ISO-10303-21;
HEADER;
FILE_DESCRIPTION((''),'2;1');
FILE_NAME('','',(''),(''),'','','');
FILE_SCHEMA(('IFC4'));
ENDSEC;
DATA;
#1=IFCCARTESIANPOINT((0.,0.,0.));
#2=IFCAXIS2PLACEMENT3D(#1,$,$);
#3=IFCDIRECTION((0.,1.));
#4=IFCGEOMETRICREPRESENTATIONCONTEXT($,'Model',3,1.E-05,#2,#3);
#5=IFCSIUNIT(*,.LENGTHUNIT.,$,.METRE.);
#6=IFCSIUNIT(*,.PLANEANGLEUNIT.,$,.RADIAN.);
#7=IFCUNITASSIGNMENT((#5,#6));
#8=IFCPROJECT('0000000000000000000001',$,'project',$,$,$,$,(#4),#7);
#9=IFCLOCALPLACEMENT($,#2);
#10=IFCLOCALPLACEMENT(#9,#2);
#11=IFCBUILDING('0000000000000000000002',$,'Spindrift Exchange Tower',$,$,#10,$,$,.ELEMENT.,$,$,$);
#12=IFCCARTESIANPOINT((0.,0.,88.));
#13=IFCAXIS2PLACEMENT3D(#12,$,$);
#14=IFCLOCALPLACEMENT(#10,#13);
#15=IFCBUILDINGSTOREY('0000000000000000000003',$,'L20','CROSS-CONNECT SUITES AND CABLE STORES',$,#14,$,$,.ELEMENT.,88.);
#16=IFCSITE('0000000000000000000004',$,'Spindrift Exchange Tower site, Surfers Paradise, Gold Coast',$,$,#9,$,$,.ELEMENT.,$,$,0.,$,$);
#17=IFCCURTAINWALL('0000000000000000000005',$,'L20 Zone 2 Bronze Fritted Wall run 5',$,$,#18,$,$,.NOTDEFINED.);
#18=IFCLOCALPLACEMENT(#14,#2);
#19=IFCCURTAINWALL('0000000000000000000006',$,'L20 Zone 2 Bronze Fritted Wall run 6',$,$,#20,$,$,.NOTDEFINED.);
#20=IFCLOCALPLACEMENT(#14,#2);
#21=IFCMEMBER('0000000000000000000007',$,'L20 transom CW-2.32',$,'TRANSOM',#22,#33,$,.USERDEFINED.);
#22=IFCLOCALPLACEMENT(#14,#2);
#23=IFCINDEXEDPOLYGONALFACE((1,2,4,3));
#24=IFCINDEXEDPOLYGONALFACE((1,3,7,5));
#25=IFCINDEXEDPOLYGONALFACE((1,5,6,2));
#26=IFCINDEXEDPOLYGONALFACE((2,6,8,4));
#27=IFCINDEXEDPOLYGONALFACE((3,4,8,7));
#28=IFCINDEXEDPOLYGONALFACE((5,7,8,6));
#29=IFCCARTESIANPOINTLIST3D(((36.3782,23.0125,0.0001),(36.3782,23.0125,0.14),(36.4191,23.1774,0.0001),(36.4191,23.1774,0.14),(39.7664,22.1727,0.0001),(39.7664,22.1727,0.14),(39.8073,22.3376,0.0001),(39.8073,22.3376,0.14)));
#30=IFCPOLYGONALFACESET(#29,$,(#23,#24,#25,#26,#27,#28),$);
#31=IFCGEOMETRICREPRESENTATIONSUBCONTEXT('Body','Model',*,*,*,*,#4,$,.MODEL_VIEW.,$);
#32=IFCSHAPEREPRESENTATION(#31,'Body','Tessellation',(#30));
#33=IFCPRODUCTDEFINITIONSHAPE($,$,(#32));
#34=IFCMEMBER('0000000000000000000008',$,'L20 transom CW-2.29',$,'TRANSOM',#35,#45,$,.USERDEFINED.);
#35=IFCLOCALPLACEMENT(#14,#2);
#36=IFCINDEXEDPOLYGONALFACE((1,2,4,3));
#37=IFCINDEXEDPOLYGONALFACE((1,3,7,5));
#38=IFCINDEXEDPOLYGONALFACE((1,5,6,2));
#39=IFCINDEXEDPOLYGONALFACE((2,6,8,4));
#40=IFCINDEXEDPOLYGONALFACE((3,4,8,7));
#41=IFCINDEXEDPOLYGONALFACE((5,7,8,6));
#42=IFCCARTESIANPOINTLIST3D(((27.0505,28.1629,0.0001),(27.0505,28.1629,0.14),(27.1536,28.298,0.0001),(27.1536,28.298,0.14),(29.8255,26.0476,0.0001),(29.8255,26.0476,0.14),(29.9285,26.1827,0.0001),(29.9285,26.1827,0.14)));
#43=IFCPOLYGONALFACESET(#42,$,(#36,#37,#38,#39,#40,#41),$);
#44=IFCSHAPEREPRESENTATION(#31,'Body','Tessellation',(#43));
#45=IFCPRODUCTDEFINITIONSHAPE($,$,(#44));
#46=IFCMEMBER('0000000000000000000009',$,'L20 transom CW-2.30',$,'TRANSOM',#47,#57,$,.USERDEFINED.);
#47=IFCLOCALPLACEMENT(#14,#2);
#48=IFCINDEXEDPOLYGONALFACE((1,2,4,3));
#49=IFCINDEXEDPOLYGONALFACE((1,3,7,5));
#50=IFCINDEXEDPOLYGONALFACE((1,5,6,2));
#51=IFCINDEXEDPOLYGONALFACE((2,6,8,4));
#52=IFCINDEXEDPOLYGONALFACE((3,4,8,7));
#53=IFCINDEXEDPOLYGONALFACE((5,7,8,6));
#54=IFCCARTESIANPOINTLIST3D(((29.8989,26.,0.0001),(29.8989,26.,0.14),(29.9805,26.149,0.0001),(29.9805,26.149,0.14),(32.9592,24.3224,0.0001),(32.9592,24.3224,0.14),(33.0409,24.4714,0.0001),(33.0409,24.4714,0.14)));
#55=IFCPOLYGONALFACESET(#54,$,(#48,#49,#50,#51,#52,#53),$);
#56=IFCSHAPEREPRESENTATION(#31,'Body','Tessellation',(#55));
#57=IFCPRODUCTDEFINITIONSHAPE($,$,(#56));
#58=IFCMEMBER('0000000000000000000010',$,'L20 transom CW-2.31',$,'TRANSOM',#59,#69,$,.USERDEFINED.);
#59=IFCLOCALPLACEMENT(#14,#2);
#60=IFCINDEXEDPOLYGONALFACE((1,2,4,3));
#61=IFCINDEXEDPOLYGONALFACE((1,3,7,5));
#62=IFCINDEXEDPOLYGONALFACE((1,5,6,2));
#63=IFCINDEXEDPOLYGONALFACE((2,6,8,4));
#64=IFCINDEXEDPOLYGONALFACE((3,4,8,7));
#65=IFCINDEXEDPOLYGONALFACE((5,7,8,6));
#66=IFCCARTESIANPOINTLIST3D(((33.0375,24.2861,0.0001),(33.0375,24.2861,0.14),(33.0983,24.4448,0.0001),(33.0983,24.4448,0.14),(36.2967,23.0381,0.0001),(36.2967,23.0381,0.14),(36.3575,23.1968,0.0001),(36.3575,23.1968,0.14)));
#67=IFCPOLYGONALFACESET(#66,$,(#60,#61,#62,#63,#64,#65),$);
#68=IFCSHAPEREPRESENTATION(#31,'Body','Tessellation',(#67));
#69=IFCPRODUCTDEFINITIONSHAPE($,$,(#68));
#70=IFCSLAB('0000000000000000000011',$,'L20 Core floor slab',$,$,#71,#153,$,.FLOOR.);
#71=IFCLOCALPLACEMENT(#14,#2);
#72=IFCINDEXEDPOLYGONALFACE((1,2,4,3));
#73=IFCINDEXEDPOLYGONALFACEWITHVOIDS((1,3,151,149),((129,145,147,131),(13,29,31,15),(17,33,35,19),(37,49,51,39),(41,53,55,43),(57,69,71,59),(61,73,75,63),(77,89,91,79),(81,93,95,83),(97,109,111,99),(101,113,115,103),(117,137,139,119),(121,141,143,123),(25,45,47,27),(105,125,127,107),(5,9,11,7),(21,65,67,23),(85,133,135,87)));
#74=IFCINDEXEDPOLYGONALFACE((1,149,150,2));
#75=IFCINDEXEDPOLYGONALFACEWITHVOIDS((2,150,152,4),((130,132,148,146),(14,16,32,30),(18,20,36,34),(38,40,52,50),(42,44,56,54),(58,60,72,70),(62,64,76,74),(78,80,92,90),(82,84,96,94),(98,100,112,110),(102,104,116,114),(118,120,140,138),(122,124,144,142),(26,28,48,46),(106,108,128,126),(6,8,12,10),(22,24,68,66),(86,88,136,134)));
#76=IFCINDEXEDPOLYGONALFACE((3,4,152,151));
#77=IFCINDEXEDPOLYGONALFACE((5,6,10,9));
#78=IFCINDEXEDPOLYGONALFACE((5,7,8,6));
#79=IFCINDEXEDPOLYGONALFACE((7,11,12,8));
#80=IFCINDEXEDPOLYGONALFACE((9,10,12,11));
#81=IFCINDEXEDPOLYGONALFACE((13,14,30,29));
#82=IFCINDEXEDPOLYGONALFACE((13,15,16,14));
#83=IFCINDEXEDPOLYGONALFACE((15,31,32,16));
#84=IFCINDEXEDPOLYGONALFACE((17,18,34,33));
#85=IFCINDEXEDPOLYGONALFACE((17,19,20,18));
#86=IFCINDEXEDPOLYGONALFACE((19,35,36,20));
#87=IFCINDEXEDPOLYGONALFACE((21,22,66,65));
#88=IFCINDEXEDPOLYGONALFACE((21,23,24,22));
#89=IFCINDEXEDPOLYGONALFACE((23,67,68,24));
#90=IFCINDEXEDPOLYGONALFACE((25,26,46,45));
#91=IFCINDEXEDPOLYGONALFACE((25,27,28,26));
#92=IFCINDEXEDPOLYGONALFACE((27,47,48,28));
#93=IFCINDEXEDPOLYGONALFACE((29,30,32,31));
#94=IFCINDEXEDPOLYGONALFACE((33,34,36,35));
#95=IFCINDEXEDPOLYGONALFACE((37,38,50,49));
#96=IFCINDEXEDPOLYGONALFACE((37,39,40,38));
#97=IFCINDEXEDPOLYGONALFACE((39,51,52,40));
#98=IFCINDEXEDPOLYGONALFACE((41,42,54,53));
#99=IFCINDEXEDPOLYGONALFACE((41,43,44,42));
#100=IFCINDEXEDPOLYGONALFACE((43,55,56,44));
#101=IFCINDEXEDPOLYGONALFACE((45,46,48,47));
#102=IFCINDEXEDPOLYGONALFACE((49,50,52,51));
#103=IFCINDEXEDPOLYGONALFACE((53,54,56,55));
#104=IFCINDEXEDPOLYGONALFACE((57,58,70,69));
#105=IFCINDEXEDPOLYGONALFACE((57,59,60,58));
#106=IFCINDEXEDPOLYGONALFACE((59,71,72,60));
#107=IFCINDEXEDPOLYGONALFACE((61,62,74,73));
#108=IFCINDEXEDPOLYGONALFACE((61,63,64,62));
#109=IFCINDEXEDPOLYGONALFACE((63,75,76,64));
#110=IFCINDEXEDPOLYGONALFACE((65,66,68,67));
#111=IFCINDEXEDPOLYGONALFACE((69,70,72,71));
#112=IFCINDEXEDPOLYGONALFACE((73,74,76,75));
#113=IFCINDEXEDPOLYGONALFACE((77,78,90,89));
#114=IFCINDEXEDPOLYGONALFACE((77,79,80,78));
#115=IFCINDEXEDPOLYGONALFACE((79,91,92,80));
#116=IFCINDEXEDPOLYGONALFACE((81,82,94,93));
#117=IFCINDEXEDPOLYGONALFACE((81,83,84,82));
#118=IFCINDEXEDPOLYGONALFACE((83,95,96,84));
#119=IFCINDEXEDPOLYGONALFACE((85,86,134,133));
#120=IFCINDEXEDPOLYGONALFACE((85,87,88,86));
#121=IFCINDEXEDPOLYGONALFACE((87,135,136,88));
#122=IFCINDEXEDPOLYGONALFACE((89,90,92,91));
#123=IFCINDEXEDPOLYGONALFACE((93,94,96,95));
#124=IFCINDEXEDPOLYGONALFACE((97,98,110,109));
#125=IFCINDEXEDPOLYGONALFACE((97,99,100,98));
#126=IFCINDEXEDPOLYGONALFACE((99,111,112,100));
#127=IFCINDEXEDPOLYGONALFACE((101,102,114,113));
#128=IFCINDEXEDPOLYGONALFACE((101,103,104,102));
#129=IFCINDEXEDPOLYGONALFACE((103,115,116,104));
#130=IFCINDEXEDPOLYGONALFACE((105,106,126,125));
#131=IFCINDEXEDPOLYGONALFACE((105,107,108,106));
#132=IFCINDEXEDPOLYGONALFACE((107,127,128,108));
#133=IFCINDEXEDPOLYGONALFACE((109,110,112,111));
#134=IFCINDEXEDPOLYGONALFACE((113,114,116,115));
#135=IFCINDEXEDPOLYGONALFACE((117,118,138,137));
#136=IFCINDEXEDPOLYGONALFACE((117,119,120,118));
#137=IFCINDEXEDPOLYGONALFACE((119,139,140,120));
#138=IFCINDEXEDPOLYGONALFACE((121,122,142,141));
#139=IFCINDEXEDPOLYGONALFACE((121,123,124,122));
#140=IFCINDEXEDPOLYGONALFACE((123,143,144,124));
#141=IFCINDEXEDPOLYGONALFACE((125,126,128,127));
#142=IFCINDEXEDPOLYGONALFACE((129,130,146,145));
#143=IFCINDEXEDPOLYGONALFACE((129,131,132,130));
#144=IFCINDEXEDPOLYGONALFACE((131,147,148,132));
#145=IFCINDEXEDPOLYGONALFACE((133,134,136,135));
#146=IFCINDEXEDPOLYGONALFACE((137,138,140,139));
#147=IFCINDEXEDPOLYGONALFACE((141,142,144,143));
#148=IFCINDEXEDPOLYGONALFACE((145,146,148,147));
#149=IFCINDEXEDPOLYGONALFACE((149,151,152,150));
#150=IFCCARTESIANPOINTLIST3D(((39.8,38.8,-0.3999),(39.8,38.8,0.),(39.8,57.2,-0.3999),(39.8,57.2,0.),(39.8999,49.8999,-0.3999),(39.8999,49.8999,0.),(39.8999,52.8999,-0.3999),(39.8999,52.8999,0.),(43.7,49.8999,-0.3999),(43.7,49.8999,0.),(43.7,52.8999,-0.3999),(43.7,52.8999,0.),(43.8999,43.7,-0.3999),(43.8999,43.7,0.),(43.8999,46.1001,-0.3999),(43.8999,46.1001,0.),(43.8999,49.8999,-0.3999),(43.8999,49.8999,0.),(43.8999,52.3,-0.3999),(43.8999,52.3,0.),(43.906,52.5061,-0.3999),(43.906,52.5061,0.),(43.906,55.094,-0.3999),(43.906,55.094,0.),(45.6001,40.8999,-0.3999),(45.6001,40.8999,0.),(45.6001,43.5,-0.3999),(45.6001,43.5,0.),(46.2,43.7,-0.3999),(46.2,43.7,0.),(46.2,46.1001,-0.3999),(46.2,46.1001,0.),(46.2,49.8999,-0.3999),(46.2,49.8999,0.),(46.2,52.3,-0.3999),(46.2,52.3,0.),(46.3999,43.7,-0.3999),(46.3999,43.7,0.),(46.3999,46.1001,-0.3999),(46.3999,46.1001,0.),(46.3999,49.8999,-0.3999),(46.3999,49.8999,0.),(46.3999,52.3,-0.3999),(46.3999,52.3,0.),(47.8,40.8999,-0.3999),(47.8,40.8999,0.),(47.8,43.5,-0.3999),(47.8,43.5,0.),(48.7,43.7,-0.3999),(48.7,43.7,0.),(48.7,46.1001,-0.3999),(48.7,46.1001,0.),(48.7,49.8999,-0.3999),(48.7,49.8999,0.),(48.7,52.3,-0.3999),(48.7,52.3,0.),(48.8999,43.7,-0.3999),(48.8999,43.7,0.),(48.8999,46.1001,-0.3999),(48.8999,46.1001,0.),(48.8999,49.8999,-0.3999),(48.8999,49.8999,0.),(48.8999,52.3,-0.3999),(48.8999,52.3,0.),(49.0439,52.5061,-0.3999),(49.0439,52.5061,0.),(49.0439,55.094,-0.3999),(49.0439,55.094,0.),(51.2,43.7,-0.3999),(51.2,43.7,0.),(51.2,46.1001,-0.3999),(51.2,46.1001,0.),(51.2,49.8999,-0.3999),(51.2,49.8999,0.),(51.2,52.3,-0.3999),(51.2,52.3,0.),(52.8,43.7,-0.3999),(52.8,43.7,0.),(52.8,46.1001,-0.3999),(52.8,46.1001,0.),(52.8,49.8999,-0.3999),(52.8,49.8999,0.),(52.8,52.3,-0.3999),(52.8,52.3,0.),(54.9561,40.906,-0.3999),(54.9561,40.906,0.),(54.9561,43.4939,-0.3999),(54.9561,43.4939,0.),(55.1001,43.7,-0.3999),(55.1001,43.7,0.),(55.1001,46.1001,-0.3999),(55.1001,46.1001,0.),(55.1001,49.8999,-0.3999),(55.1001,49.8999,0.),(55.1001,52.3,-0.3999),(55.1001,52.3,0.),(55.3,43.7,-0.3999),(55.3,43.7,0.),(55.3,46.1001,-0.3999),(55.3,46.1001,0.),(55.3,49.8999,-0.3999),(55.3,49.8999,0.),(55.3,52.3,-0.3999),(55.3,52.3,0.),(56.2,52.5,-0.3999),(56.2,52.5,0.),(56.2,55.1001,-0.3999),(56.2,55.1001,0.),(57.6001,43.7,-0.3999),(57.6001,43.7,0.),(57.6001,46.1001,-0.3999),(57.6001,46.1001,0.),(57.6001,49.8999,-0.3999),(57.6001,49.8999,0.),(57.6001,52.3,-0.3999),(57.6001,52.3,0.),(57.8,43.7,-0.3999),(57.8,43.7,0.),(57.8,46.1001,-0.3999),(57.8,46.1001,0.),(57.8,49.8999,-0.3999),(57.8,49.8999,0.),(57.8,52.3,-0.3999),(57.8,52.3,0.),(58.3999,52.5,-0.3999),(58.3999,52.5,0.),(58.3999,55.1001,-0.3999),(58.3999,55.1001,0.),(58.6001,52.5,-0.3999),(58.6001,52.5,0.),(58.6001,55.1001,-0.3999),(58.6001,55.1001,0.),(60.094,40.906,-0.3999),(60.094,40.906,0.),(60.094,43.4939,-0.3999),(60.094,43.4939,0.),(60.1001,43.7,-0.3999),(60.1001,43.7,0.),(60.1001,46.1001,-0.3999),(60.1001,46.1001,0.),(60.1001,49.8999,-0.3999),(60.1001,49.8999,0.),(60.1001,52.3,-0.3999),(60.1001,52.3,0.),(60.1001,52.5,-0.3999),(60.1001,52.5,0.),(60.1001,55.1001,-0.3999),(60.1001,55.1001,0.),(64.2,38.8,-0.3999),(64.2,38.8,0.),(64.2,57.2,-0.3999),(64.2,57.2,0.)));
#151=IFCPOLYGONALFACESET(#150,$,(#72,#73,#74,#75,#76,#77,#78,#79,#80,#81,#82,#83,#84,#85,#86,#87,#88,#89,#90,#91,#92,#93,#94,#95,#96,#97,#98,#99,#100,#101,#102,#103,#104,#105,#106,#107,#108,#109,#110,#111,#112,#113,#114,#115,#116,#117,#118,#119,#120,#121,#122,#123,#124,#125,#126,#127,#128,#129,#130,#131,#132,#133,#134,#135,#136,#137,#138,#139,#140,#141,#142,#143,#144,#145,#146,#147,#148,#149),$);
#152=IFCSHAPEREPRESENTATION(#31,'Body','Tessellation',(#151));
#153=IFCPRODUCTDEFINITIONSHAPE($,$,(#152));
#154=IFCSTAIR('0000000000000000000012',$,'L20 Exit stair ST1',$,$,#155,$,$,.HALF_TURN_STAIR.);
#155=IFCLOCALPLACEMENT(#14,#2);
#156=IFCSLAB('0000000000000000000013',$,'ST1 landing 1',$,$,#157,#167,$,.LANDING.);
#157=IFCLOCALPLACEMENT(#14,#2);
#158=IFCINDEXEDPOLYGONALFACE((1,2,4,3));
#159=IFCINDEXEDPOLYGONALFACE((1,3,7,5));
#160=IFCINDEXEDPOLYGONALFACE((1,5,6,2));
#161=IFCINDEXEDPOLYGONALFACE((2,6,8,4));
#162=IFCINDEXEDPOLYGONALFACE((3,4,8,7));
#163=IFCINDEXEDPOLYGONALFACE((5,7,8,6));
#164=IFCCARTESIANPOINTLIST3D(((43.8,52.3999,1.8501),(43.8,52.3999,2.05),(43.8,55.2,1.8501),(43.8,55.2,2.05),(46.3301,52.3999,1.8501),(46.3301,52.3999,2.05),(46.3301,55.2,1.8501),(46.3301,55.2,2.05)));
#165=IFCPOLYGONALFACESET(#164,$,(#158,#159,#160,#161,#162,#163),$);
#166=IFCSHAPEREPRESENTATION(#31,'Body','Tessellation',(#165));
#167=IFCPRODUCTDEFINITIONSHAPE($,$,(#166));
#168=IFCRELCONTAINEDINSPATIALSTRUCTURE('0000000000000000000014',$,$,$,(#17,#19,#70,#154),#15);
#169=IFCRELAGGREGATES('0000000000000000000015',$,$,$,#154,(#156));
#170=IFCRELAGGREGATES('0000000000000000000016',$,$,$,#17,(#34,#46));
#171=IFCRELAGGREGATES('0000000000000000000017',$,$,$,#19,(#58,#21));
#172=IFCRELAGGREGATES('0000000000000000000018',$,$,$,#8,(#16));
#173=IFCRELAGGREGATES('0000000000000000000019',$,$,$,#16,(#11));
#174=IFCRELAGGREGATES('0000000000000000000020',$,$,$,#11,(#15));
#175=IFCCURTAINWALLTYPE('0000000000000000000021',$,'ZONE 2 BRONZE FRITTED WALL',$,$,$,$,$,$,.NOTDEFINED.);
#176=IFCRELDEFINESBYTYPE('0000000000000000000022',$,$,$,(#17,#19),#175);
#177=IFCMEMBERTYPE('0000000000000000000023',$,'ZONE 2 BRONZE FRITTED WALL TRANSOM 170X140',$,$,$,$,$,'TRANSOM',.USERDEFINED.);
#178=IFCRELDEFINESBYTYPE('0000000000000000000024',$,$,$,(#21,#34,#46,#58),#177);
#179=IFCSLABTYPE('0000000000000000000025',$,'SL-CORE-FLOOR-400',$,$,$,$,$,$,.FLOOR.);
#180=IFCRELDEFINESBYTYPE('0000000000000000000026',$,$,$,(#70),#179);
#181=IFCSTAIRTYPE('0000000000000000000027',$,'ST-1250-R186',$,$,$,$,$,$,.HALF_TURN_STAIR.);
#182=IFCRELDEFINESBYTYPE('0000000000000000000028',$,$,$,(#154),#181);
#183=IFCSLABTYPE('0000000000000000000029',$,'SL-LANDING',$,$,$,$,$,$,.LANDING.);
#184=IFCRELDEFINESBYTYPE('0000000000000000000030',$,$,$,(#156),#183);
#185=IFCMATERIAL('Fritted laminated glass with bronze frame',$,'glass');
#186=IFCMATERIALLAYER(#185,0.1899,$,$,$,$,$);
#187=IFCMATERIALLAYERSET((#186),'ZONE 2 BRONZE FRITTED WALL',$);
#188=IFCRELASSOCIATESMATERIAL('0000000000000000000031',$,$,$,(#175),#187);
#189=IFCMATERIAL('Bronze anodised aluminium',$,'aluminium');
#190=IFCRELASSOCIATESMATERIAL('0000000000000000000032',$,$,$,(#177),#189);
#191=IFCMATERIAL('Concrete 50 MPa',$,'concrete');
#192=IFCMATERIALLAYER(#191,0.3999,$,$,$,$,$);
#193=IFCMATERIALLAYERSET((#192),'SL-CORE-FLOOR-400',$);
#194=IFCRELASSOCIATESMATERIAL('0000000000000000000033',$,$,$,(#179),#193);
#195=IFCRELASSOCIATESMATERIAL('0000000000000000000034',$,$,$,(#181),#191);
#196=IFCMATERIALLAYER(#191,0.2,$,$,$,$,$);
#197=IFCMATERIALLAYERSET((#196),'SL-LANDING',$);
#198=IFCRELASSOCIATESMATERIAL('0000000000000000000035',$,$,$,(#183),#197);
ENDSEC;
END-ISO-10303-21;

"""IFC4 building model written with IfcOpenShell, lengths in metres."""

from ifc_helpers import new_model, si_unit, direction, frame, origin, origin_2d, place, context, subcontext, project, spatial, line, indexed_curve, rectangle, outline, extrude, source, transform, mapped, material, layer, layer_set, material_profile, profile_set, type_object, element, aggregate, save


model = new_model("IFC4")

# Units and contexts
model_context = context("Model", 3, precision=1e-05, world=origin(), true_north=direction((0.0, 1.0)))
body_context = subcontext(model_context, "Body", "Model", "MODEL_VIEW")
ifc_project = project(units=[si_unit("LENGTHUNIT", "METRE"), si_unit("PLANEANGLEUNIT", "RADIAN")], contexts=[model_context])

# Site, building, storey
site_placement = place(None, origin())
site = spatial("IfcSite", under=ifc_project, at=site_placement, Name="Spindrift Exchange Tower site, Surfers Paradise, Gold Coast", CompositionType="ELEMENT", RefElevation=0.0)
building_placement = place(site_placement, origin())
building = spatial("IfcBuilding", under=site, at=building_placement, Name="Spindrift Exchange Tower", CompositionType="ELEMENT")
storey_placement = place(building_placement, frame((0.0, 0.0, 88.0)))
storey = spatial("IfcBuildingStorey", under=building, at=storey_placement, Name="L20", Description="CROSS-CONNECT SUITES AND CABLE STORES", CompositionType="ELEMENT", Elevation=88.0)

# Curtain walls
ifc_material_1 = material(Name="Fritted laminated glass with bronze frame", Category="glass")
ifc_layer_1 = layer(ifc_material_1, 0.1899)
ifc_layer_set_1 = layer_set([ifc_layer_1], Name="ZONE 2 BRONZE FRITTED WALL")
curtain_wall_type = type_object("IfcCurtainWallType", Name="ZONE 2 BRONZE FRITTED WALL", PredefinedType="NOTDEFINED", material=ifc_layer_set_1)
curtain_wall_1_placement = place(storey_placement, origin())
curtain_wall_1 = element("IfcCurtainWall", 1, at=curtain_wall_1_placement, inside=storey, type_object=curtain_wall_type, Name="L20 Zone 2 Bronze Fritted Wall run 5", PredefinedType="NOTDEFINED")
ifc_material_2 = material(Name="Bronze anodised aluminium", Category="aluminium")
curtain_wall_2_placement = place(storey_placement, origin())
curtain_wall_2 = element("IfcCurtainWall", 2, at=curtain_wall_2_placement, inside=storey, type_object=curtain_wall_type, Name="L20 Zone 2 Bronze Fritted Wall run 6", PredefinedType="NOTDEFINED")

# Members
ifc_material_profile_1 = material_profile(ifc_material_2, rectangle(XDim=0.1699, YDim=0.1399, at=origin_2d()), Name="ZONE 2 BRONZE FRITTED WALL TRANSOM 170X140")
ifc_profile_set_1 = profile_set([ifc_material_profile_1], Name="Bronze anodised aluminium")
member_type_1 = type_object("IfcMemberType", Name="ZONE 2 BRONZE FRITTED WALL TRANSOM 170X140", ElementType="TRANSOM", PredefinedType="USERDEFINED", material=ifc_profile_set_1)
shared_shape_1 = source(origin(), body_context, "Body", "SweptSolid", [
    extrude(rectangle(XDim=0.1699, YDim=0.1399, at=origin_2d()), origin(), (0.0, 0.0, 1.0), 3.4907),
])
member_1_placement = place(storey_placement, frame((36.3987, 23.095, 0.0701), z_axis=(0.970626, -0.240593, 0.0), x_axis=(0.240593, 0.970626, 0.0)))
member_1 = element("IfcMember", 3, at=member_1_placement, type_object=member_type_1, Name="L20 transom CW-2.32", ObjectType="TRANSOM", PredefinedType="USERDEFINED", context=body_context, shape_type="MappedRepresentation", body=[
    mapped(shared_shape_1, transform((0.0, 0.0, 0.0), scale=1.0)),
])
shared_shape_2 = source(origin(), body_context, "Body", "SweptSolid", [
    extrude(rectangle(XDim=0.1699, YDim=0.1399, at=origin_2d()), origin(), (0.0, 0.0, 1.0), 3.4893),
])
member_2_placement = place(storey_placement, frame((27.1021, 28.2305, 0.0701), z_axis=(0.79529, -0.606229, 0.0), x_axis=(0.606229, 0.79529, 0.0)))
member_2 = element("IfcMember", 4, at=member_2_placement, type_object=member_type_1, Name="L20 transom CW-2.29", ObjectType="TRANSOM", PredefinedType="USERDEFINED", context=body_context, shape_type="MappedRepresentation", body=[
    mapped(shared_shape_2, transform((0.0, 0.0, 0.0), scale=1.0)),
])
shared_shape_3 = source(origin(), body_context, "Body", "SweptSolid", [
    extrude(rectangle(XDim=0.1699, YDim=0.1399, at=origin_2d()), origin(), (0.0, 0.0, 1.0), 3.49),
])
member_3_placement = place(storey_placement, frame((29.9397, 26.0745, 0.0701), z_axis=(0.876902, -0.48067, 0.0), x_axis=(0.48067, 0.876902, 0.0)))
member_3 = element("IfcMember", 5, at=member_3_placement, type_object=member_type_1, Name="L20 transom CW-2.30", ObjectType="TRANSOM", PredefinedType="USERDEFINED", context=body_context, shape_type="MappedRepresentation", body=[
    mapped(shared_shape_3, transform((0.0, 0.0, 0.0), scale=1.0)),
])
member_4_placement = place(storey_placement, frame((33.0679, 24.3655, 0.0701), z_axis=(0.933875, -0.357601, 0.0), x_axis=(0.357601, 0.933875, 0.0)))
member_4 = element("IfcMember", 6, at=member_4_placement, type_object=member_type_1, Name="L20 transom CW-2.31", ObjectType="TRANSOM", PredefinedType="USERDEFINED", context=body_context, shape_type="MappedRepresentation", body=[
    mapped(shared_shape_3, transform((0.0, 0.0, 0.0), scale=1.0)),
])

# Slab
ifc_material_3 = material(Name="Concrete 50 MPa", Category="concrete")
ifc_layer_2 = layer(ifc_material_3, 0.3999)
ifc_layer_set_2 = layer_set([ifc_layer_2], Name="SL-CORE-FLOOR-400")
slab_type_1 = type_object("IfcSlabType", Name="SL-CORE-FLOOR-400", PredefinedType="FLOOR", material=ifc_layer_set_2)
slab_1_placement = place(storey_placement, frame((0.0, 0.0, -0.3999)))
element("IfcSlab", 7, at=slab_1_placement, inside=storey, type_object=slab_type_1, Name="L20 Core floor slab", PredefinedType="FLOOR", context=body_context, shape_type="SweptSolid", body=[
    extrude(outline(indexed_curve([(39.8, 38.8), (39.8, 57.2), (64.2, 57.2), (64.2, 38.8)], segments=[line(1, 2, 3, 4, 1)], self_intersect=False), holes=[indexed_curve([(47.8, 43.5), (45.6001, 43.5), (45.6001, 40.8999), (47.8, 40.8999)], segments=[line(1, 2, 3, 4, 1)], self_intersect=False), indexed_curve([(46.2, 46.1001), (43.8999, 46.1001), (43.8999, 43.7), (46.2, 43.7)], segments=[line(1, 2, 3, 4, 1)], self_intersect=False), indexed_curve([(48.7, 46.1001), (46.3999, 46.1001), (46.3999, 43.7), (48.7, 43.7)], segments=[line(1, 2, 3, 4, 1)], self_intersect=False), indexed_curve([(51.2, 46.1001), (48.8999, 46.1001), (48.8999, 43.7), (51.2, 43.7)], segments=[line(1, 2, 3, 4, 1)], self_intersect=False), indexed_curve([(46.2, 52.3), (43.8999, 52.3), (43.8999, 49.8999), (46.2, 49.8999)], segments=[line(1, 2, 3, 4, 1)], self_intersect=False), indexed_curve([(48.7, 52.3), (46.3999, 52.3), (46.3999, 49.8999), (48.7, 49.8999)], segments=[line(1, 2, 3, 4, 1)], self_intersect=False), indexed_curve([(51.2, 52.3), (48.8999, 52.3), (48.8999, 49.8999), (51.2, 49.8999)], segments=[line(1, 2, 3, 4, 1)], self_intersect=False), indexed_curve([(43.7, 49.8999), (43.7, 52.8999), (39.8999, 52.8999), (39.8999, 49.8999)], segments=[line(1, 2, 3, 4, 1)], self_intersect=False), indexed_curve([(49.0439, 55.094), (43.906, 55.094), (43.906, 52.5061), (49.0439, 52.5061)], segments=[line(1, 2, 3, 4, 1)], self_intersect=False), indexed_curve([(60.094, 40.906), (60.094, 43.4939), (54.9561, 43.4939), (54.9561, 40.906)], segments=[line(1, 2, 3, 4, 1)], self_intersect=False), indexed_curve([(55.1001, 46.1001), (52.8, 46.1001), (52.8, 43.7), (55.1001, 43.7)], segments=[line(1, 2, 3, 4, 1)], self_intersect=False), indexed_curve([(57.6001, 46.1001), (55.3, 46.1001), (55.3, 43.7), (57.6001, 43.7)], segments=[line(1, 2, 3, 4, 1)], self_intersect=False), indexed_curve([(60.1001, 46.1001), (57.8, 46.1001), (57.8, 43.7), (60.1001, 43.7)], segments=[line(1, 2, 3, 4, 1)], self_intersect=False), indexed_curve([(55.1001, 52.3), (52.8, 52.3), (52.8, 49.8999), (55.1001, 49.8999)], segments=[line(1, 2, 3, 4, 1)], self_intersect=False), indexed_curve([(57.6001, 52.3), (55.3, 52.3), (55.3, 49.8999), (57.6001, 49.8999)], segments=[line(1, 2, 3, 4, 1)], self_intersect=False), indexed_curve([(60.1001, 52.3), (57.8, 52.3), (57.8, 49.8999), (60.1001, 49.8999)], segments=[line(1, 2, 3, 4, 1)], self_intersect=False), indexed_curve([(58.3999, 52.5), (58.3999, 55.1001), (56.2, 55.1001), (56.2, 52.5)], segments=[line(1, 2, 3, 4, 1)], self_intersect=False), indexed_curve([(60.1001, 52.5), (60.1001, 55.1001), (58.6001, 55.1001), (58.6001, 52.5)], segments=[line(1, 2, 3, 4, 1)], self_intersect=False)]), origin(), (0.0, 0.0, 1.0), 0.3999),
])

# Stair, slab
stair_type = type_object("IfcStairType", Name="ST-1250-R186", PredefinedType="HALF_TURN_STAIR", material=ifc_material_3)
stair_1_placement = place(storey_placement, origin())
stair_1 = element("IfcStair", 8, at=stair_1_placement, inside=storey, type_object=stair_type, Name="L20 Exit stair ST1", PredefinedType="HALF_TURN_STAIR")
ifc_layer_3 = layer(ifc_material_3, 0.2)
ifc_layer_set_3 = layer_set([ifc_layer_3], Name="SL-LANDING")
slab_type_2 = type_object("IfcSlabType", Name="SL-LANDING", PredefinedType="LANDING", material=ifc_layer_set_3)
slab_2_placement = place(storey_placement, frame((0.0, 0.0, 1.8501)))
slab_2 = element("IfcSlab", 9, at=slab_2_placement, type_object=slab_type_2, Name="ST1 landing 1", PredefinedType="LANDING", context=body_context, shape_type="SweptSolid", body=[
    extrude(outline(indexed_curve([(46.3301, 52.3999), (43.8, 52.3999), (43.8, 55.2), (46.3301, 55.2)], segments=[line(1, 2, 3, 4, 1)], self_intersect=False)), origin(), (0.0, 0.0, 1.0), 0.2),
])
aggregate(stair_1, [slab_2])

aggregate(curtain_wall_1, [member_2, member_3])
aggregate(curtain_wall_2, [member_4, member_1])

save(model, "model.ifc")
